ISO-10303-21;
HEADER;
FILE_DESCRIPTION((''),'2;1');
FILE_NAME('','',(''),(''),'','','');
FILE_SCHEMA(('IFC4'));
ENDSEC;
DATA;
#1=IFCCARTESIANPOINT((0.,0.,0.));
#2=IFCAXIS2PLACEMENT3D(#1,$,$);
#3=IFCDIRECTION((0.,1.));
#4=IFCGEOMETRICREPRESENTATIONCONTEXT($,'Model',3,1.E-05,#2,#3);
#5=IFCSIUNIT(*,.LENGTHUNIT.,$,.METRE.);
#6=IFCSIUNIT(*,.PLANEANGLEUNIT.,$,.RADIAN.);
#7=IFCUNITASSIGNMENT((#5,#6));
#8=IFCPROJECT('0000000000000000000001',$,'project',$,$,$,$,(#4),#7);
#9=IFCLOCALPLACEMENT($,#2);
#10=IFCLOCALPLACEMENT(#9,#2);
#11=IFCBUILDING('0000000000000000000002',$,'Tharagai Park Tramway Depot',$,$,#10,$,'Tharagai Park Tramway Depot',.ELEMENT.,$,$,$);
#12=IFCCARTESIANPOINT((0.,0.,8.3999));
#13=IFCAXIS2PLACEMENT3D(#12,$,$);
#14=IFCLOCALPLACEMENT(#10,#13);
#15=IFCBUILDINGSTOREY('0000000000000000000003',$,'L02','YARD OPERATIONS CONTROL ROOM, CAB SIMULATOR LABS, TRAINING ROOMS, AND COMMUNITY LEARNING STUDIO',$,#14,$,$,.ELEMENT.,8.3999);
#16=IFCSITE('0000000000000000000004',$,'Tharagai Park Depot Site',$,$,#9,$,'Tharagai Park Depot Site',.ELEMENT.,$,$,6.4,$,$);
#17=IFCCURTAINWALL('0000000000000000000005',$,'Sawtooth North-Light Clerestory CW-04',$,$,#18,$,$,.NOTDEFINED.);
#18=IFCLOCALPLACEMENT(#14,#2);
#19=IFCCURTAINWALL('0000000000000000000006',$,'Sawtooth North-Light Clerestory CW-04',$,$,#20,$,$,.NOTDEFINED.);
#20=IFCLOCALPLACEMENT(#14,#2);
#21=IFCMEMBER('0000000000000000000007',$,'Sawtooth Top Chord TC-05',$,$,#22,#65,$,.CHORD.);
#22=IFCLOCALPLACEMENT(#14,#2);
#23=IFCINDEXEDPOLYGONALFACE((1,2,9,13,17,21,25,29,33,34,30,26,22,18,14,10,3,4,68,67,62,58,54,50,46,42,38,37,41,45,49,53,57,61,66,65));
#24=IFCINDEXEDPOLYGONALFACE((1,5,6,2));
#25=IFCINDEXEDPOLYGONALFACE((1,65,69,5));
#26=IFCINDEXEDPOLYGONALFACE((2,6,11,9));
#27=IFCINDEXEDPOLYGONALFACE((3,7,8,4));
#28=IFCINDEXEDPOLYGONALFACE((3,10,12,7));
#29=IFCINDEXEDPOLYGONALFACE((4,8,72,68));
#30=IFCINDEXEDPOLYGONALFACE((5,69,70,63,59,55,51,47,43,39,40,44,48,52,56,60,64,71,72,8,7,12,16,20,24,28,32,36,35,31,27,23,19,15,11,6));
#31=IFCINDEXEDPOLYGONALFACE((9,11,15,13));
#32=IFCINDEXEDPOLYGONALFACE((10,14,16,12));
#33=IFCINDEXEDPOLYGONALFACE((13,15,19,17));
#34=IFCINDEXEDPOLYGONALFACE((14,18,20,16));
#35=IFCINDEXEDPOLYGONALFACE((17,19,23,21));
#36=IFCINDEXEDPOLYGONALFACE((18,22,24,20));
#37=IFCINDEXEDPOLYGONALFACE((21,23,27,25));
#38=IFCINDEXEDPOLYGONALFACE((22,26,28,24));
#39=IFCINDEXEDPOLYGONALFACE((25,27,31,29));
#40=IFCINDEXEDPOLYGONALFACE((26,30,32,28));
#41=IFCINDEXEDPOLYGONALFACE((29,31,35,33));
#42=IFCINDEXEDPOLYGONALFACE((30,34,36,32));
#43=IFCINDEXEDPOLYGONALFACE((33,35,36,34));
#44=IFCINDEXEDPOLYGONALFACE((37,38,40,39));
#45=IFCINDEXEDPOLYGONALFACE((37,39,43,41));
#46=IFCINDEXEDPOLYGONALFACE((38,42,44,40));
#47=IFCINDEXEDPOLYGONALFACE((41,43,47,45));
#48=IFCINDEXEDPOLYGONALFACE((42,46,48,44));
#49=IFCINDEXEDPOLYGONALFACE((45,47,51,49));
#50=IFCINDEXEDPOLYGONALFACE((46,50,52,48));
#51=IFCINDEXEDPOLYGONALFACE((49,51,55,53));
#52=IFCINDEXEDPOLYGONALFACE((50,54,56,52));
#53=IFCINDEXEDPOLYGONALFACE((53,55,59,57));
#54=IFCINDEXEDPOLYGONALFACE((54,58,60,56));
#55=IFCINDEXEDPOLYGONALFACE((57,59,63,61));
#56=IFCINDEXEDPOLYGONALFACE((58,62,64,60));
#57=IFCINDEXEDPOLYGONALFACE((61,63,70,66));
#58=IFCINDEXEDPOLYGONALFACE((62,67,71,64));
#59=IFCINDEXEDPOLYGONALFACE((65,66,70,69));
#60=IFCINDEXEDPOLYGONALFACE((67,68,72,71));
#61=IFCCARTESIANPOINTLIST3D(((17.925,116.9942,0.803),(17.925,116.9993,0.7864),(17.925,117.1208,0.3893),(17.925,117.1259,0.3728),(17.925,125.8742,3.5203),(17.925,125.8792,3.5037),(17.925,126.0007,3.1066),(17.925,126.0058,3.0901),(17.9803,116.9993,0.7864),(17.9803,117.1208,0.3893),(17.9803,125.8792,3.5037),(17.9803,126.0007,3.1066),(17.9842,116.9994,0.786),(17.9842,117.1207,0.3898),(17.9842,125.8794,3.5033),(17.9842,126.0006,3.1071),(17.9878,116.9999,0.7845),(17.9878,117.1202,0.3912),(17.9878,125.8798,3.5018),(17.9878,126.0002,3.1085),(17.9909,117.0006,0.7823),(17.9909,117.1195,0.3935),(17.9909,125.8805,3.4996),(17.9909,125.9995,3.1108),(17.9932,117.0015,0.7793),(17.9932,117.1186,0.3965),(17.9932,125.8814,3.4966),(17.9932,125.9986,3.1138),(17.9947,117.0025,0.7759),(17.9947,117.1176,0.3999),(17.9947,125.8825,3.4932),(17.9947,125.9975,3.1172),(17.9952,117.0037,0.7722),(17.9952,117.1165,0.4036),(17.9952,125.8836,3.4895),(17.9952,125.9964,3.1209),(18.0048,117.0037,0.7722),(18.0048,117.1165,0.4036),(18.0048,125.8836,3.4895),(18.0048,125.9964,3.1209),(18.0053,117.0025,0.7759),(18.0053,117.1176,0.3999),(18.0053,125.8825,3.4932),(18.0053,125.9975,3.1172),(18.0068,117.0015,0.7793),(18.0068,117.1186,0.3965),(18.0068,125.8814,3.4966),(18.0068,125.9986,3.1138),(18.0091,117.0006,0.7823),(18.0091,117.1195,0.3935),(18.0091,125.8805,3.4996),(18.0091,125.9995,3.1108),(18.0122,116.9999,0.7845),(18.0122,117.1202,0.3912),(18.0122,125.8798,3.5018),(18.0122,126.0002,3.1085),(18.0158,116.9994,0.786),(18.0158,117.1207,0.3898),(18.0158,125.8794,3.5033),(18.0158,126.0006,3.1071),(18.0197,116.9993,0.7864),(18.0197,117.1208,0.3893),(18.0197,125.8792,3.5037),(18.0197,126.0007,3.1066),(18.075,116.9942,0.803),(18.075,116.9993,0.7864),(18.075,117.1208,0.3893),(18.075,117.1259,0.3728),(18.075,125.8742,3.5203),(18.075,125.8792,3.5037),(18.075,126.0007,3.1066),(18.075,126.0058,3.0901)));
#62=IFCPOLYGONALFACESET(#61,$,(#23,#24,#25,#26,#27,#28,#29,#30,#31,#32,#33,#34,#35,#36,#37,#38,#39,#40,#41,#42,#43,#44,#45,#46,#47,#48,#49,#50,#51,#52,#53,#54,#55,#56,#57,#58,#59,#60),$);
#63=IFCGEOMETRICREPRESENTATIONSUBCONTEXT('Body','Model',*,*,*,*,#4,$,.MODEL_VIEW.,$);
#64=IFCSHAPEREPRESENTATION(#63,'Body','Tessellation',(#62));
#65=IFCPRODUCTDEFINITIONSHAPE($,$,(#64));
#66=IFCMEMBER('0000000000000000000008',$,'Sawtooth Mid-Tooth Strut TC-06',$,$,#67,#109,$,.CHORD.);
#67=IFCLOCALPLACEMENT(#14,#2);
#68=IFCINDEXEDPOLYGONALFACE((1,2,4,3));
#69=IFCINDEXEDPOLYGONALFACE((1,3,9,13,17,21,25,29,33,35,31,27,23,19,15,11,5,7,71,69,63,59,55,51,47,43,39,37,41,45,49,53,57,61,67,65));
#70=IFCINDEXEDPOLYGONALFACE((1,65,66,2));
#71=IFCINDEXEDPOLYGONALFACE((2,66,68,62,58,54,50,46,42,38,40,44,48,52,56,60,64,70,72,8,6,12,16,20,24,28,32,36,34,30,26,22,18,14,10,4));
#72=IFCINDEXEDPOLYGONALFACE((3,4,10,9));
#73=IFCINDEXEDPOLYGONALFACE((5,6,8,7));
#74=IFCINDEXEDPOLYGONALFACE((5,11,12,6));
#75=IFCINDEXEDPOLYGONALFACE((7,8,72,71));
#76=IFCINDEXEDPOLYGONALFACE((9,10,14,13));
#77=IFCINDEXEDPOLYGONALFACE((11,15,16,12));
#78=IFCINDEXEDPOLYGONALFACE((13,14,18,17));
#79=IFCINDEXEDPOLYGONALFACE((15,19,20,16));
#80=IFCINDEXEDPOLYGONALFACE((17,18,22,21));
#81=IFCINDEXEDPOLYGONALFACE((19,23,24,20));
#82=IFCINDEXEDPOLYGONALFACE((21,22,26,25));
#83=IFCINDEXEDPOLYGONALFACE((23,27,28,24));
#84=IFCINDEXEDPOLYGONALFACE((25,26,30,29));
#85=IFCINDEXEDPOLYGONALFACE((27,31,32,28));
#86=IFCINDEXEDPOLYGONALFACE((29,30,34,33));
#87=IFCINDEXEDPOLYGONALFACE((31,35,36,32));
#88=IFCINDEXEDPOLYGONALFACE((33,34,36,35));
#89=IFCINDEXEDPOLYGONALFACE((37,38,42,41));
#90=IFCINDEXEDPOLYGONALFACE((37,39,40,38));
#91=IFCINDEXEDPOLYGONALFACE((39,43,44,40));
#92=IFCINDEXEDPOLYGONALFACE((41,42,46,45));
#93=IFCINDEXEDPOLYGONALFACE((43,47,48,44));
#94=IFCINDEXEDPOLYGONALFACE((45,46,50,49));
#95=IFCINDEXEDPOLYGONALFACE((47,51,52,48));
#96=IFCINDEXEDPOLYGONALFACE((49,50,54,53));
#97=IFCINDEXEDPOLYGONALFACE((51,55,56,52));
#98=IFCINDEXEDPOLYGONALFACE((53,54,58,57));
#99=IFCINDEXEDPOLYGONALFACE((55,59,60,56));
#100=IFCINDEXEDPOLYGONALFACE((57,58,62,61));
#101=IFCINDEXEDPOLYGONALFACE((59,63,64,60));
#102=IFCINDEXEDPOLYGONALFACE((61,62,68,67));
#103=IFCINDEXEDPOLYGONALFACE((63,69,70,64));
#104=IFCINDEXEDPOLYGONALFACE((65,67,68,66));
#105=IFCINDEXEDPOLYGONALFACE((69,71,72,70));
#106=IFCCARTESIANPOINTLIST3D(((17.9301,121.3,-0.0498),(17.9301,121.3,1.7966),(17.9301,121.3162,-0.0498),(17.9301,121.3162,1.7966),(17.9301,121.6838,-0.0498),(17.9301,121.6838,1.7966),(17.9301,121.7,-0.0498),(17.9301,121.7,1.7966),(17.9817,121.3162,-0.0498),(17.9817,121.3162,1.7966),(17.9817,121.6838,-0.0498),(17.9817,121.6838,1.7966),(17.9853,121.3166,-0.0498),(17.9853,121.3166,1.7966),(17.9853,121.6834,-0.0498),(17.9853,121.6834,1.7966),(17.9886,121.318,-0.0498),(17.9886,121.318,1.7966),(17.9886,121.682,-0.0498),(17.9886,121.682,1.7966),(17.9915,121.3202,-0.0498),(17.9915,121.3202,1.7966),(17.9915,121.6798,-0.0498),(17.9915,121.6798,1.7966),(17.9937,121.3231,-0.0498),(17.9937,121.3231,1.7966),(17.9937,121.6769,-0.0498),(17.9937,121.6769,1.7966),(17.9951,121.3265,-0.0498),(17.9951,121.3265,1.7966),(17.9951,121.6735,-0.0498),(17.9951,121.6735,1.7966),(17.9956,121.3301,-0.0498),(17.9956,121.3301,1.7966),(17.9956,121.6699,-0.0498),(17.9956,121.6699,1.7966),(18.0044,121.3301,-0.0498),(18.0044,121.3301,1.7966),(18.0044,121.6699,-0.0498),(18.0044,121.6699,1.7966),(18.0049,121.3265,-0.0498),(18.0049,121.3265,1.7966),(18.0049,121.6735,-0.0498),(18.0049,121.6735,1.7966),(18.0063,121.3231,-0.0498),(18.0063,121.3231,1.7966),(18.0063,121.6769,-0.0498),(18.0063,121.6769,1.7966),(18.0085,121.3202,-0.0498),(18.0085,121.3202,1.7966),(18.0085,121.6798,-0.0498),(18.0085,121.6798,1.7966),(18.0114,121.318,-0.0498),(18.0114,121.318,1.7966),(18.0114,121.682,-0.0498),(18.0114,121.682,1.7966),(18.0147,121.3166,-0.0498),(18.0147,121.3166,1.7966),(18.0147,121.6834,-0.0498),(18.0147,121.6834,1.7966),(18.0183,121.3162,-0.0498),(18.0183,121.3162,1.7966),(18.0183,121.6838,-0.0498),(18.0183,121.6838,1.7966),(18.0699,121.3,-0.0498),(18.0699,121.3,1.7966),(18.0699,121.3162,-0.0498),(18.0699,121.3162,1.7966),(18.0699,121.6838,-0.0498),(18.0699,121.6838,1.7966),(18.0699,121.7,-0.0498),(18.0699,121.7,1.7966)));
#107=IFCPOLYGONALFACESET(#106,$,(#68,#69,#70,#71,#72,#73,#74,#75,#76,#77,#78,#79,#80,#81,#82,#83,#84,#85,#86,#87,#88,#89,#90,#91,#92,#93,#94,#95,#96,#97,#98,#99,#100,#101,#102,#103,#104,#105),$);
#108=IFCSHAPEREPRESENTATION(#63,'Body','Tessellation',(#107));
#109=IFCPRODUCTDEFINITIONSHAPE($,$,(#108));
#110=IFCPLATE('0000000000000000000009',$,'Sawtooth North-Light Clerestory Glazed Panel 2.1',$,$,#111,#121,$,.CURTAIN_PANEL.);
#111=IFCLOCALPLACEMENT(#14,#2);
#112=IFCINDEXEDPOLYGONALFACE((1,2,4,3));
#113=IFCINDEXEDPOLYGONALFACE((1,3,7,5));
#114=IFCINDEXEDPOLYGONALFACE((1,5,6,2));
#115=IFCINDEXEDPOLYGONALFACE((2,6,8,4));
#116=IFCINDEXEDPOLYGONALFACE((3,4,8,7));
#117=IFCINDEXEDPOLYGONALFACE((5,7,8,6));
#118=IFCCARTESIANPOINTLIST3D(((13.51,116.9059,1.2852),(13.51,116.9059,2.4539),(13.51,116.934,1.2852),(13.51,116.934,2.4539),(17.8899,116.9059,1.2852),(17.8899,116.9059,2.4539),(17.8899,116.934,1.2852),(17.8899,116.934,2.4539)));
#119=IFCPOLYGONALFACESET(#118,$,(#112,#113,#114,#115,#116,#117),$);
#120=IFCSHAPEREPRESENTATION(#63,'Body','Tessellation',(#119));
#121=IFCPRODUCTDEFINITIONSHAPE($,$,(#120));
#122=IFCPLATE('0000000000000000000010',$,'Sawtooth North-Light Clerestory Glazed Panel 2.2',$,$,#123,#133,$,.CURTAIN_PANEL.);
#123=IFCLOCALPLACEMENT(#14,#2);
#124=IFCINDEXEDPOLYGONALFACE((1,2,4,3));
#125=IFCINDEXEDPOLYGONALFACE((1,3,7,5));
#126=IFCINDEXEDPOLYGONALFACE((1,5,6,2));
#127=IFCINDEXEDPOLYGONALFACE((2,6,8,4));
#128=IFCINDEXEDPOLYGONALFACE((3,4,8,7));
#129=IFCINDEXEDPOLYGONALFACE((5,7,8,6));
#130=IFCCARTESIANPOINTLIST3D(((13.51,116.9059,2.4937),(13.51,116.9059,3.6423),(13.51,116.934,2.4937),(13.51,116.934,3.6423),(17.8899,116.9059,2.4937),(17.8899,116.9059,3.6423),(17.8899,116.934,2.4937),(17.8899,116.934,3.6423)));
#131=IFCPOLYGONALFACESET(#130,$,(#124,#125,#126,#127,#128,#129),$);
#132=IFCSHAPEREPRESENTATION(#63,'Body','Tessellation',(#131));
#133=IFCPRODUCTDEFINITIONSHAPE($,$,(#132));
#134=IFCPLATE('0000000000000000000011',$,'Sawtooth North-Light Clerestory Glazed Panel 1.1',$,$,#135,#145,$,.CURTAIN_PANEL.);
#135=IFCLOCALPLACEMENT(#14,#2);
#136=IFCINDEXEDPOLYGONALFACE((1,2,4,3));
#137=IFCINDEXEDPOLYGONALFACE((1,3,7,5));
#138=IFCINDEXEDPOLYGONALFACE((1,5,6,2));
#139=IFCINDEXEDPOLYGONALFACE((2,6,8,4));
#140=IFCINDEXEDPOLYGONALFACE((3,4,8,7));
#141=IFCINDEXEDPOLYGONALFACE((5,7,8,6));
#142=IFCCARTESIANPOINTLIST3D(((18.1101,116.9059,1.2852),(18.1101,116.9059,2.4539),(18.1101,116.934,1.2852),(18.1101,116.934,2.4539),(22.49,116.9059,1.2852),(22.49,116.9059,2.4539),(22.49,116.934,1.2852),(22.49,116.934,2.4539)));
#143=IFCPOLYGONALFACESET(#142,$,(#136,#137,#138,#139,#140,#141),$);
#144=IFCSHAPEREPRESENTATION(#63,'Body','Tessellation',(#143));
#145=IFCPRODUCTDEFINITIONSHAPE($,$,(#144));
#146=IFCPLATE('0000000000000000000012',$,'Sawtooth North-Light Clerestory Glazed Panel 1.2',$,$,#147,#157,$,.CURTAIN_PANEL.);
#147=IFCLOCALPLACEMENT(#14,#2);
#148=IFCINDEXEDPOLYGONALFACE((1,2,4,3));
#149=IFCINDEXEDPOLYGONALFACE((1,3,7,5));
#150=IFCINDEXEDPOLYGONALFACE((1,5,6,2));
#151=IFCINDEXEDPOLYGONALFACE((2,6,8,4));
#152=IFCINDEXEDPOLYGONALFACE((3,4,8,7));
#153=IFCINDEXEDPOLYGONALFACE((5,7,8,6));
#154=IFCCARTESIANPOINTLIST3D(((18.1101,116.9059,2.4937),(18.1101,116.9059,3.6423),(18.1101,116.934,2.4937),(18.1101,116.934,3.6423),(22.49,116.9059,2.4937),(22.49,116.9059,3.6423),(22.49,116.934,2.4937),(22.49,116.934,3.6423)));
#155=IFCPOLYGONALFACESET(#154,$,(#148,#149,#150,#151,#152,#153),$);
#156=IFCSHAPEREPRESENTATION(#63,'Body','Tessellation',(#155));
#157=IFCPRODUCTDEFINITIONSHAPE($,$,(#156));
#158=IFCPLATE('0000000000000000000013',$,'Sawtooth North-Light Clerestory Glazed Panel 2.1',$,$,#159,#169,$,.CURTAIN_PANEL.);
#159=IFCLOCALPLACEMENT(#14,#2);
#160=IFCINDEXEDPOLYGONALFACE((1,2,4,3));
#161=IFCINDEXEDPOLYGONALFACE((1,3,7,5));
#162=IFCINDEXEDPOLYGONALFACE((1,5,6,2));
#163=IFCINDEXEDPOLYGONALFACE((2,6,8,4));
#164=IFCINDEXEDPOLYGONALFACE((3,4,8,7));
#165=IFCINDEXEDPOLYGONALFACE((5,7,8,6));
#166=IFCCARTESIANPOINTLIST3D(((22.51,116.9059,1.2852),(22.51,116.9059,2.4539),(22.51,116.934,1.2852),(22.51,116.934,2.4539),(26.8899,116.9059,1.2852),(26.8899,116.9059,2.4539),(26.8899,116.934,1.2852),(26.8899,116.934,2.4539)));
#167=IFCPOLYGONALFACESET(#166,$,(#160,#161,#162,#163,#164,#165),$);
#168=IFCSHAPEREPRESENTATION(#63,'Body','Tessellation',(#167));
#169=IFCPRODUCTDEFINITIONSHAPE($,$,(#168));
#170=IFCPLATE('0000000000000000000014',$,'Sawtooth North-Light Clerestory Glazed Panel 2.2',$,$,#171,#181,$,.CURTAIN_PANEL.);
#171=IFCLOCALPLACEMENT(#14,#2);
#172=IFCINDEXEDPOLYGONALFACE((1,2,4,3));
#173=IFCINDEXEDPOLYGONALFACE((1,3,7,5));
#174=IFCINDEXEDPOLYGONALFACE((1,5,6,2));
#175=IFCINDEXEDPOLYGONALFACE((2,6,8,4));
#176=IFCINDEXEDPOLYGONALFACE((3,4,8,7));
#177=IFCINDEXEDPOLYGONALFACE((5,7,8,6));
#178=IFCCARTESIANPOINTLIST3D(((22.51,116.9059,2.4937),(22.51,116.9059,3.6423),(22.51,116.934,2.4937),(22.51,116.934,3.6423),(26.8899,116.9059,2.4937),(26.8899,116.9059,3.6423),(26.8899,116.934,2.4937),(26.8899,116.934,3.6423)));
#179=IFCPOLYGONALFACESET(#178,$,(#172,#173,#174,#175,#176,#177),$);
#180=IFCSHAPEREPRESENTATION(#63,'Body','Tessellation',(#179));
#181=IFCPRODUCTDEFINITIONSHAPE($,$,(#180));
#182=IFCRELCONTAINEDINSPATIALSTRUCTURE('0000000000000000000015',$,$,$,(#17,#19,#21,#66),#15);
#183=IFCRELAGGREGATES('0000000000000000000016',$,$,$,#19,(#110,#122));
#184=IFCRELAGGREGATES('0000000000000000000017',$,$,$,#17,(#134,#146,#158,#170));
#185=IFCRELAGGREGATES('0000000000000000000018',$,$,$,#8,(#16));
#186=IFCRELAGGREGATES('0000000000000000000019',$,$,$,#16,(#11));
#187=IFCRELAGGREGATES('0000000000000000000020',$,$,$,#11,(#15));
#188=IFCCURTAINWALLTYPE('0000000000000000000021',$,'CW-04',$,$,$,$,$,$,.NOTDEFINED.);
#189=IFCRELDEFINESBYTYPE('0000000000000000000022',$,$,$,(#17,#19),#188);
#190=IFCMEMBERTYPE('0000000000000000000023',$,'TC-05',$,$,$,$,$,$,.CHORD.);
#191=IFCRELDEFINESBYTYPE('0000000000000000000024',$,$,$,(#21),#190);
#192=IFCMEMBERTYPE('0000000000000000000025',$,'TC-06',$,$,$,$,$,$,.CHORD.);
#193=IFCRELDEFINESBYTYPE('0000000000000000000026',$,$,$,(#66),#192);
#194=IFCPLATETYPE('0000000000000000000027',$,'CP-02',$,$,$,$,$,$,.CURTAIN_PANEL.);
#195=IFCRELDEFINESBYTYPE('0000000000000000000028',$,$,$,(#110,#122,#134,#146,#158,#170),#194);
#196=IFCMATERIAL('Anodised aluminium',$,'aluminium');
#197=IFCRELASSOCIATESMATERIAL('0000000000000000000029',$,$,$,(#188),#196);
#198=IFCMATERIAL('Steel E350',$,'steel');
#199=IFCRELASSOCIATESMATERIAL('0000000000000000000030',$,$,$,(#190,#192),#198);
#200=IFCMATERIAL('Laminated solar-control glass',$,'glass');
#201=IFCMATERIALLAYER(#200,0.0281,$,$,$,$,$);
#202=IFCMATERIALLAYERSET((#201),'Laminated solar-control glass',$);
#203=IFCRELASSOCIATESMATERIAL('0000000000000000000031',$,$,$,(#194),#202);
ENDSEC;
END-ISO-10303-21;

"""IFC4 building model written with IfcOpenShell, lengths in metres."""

from ifc_helpers import new_model, si_unit, direction, frame, origin, origin_2d, place, context, subcontext, project, spatial, rectangle, i_section, extrude, material, layer, layer_set, material_profile, profile_set, type_object, element, aggregate, save


model = new_model("IFC4")

# Units and contexts
model_context = context("Model", 3, precision=1e-05, world=origin(), true_north=direction((0.0, 1.0)))
body_context = subcontext(model_context, "Body", "Model", "MODEL_VIEW")
ifc_project = project(units=[si_unit("LENGTHUNIT", "METRE"), si_unit("PLANEANGLEUNIT", "RADIAN")], contexts=[model_context])

# Site, building, storey
site_placement = place(None, origin())
site = spatial("IfcSite", under=ifc_project, at=site_placement, Name="Tharagai Park Depot Site", LongName="Tharagai Park Depot Site", CompositionType="ELEMENT", RefElevation=6.4)
building_placement = place(site_placement, origin())
building = spatial("IfcBuilding", under=site, at=building_placement, Name="Tharagai Park Tramway Depot", LongName="Tharagai Park Tramway Depot", CompositionType="ELEMENT")
storey_placement = place(building_placement, frame((0.0, 0.0, 8.3999)))
storey = spatial("IfcBuildingStorey", under=building, at=storey_placement, Name="L02", Description="YARD OPERATIONS CONTROL ROOM, CAB SIMULATOR LABS, TRAINING ROOMS, AND COMMUNITY LEARNING STUDIO", CompositionType="ELEMENT", Elevation=8.3999)

# Shared definitions
ifc_material_1 = material(Name="Steel E350", Category="steel")

# Curtain wall
ifc_material_2 = material(Name="Anodised aluminium", Category="aluminium")
curtain_wall_type = type_object("IfcCurtainWallType", Name="CW-04", PredefinedType="NOTDEFINED", material=ifc_material_2)
curtain_wall_1_placement = place(storey_placement, origin())
curtain_wall_1 = element("IfcCurtainWall", 1, at=curtain_wall_1_placement, inside=storey, type_object=curtain_wall_type, Name="Sawtooth North-Light Clerestory CW-04", PredefinedType="NOTDEFINED")

# Curtain wall
curtain_wall_2_placement = place(storey_placement, origin())
curtain_wall_2 = element("IfcCurtainWall", 2, at=curtain_wall_2_placement, inside=storey, type_object=curtain_wall_type, Name="Sawtooth North-Light Clerestory CW-04", PredefinedType="NOTDEFINED")

# Members
ifc_material_profile_1 = material_profile(ifc_material_1, i_section(OverallWidth=0.1499, OverallDepth=0.45, WebThickness=0.0095, FlangeThickness=0.0173, FilletRadius=0.0149, at=origin_2d()), Name="ISMB 450")
ifc_profile_set_1 = profile_set([ifc_material_profile_1], Name="Steel E350")
member_type_1 = type_object("IfcMemberType", Name="TC-05", PredefinedType="CHORD", material=ifc_profile_set_1)
member_1_placement = place(storey_placement, frame((18.0, 117.0601, 0.5879), z_axis=(0.0, 0.956231, 0.292611), x_axis=(-1.0, 0.0, 0.0)))
element("IfcMember", 3, at=member_1_placement, inside=storey, type_object=member_type_1, Name="Sawtooth Top Chord TC-05", PredefinedType="CHORD", context=body_context, shape_type="SweptSolid", body=[
    extrude(i_section(OverallWidth=0.1499, OverallDepth=0.45, WebThickness=0.0095, FlangeThickness=0.0173, FilletRadius=0.0149, at=origin_2d()), origin(), (0.0, 0.0, 1.0), 9.2864),
])
ifc_material_profile_2 = material_profile(ifc_material_1, i_section(OverallWidth=0.1399, OverallDepth=0.3999, WebThickness=0.0088, FlangeThickness=0.0161, FilletRadius=0.0139, at=origin_2d()), Name="ISMB 400")
ifc_profile_set_2 = profile_set([ifc_material_profile_2], Name="Steel E350")
member_type_2 = type_object("IfcMemberType", Name="TC-06", PredefinedType="CHORD", material=ifc_profile_set_2)
member_2_placement = place(storey_placement, frame((18.0, 121.5, -0.0498), z_axis=(0.0, 0.0, 1.0), x_axis=(1.0, 0.0, 0.0)))
element("IfcMember", 4, at=member_2_placement, inside=storey, type_object=member_type_2, Name="Sawtooth Mid-Tooth Strut TC-06", PredefinedType="CHORD", context=body_context, shape_type="SweptSolid", body=[
    extrude(i_section(OverallWidth=0.1399, OverallDepth=0.3999, WebThickness=0.0088, FlangeThickness=0.0161, FilletRadius=0.0139, at=origin_2d()), origin(), (0.0, 0.0, 1.0), 1.8464),
])

# Plates
ifc_material_3 = material(Name="Laminated solar-control glass", Category="glass")
ifc_layer = layer(ifc_material_3, 0.0281)
ifc_layer_set = layer_set([ifc_layer], Name="Laminated solar-control glass")
plate_type = type_object("IfcPlateType", Name="CP-02", PredefinedType="CURTAIN_PANEL", material=ifc_layer_set)
plate_1_placement = place(storey_placement, frame((15.7, 116.9199, 1.2852), z_axis=(0.0, 0.0, 1.0), x_axis=(1.0, 0.0, 0.0)))
plate_1 = element("IfcPlate", 5, at=plate_1_placement, type_object=plate_type, Name="Sawtooth North-Light Clerestory Glazed Panel 2.1", PredefinedType="CURTAIN_PANEL", context=body_context, shape_type="SweptSolid", body=[
    extrude(rectangle(XDim=4.3799, YDim=0.0281, at=origin_2d()), origin(), (0.0, 0.0, 1.0), 1.1687),
])
plate_2_placement = place(storey_placement, frame((15.7, 116.9199, 2.4937), z_axis=(0.0, 0.0, 1.0), x_axis=(1.0, 0.0, 0.0)))
plate_2 = element("IfcPlate", 6, at=plate_2_placement, type_object=plate_type, Name="Sawtooth North-Light Clerestory Glazed Panel 2.2", PredefinedType="CURTAIN_PANEL", context=body_context, shape_type="SweptSolid", body=[
    extrude(rectangle(XDim=4.3799, YDim=0.0281, at=origin_2d()), origin(), (0.0, 0.0, 1.0), 1.1487),
])
aggregate(curtain_wall_2, [plate_1, plate_2])
plate_3_placement = place(storey_placement, frame((20.3, 116.9199, 1.2852), z_axis=(0.0, 0.0, 1.0), x_axis=(1.0, 0.0, 0.0)))
plate_3 = element("IfcPlate", 7, at=plate_3_placement, type_object=plate_type, Name="Sawtooth North-Light Clerestory Glazed Panel 1.1", PredefinedType="CURTAIN_PANEL", context=body_context, shape_type="SweptSolid", body=[
    extrude(rectangle(XDim=4.3799, YDim=0.0281, at=origin_2d()), origin(), (0.0, 0.0, 1.0), 1.1687),
])
plate_4_placement = place(storey_placement, frame((20.3, 116.9199, 2.4937), z_axis=(0.0, 0.0, 1.0), x_axis=(1.0, 0.0, 0.0)))
plate_4 = element("IfcPlate", 8, at=plate_4_placement, type_object=plate_type, Name="Sawtooth North-Light Clerestory Glazed Panel 1.2", PredefinedType="CURTAIN_PANEL", context=body_context, shape_type="SweptSolid", body=[
    extrude(rectangle(XDim=4.3799, YDim=0.0281, at=origin_2d()), origin(), (0.0, 0.0, 1.0), 1.1487),
])
plate_5_placement = place(storey_placement, frame((24.7, 116.9199, 1.2852), z_axis=(0.0, 0.0, 1.0), x_axis=(1.0, 0.0, 0.0)))
plate_5 = element("IfcPlate", 9, at=plate_5_placement, type_object=plate_type, Name="Sawtooth North-Light Clerestory Glazed Panel 2.1", PredefinedType="CURTAIN_PANEL", context=body_context, shape_type="SweptSolid", body=[
    extrude(rectangle(XDim=4.3799, YDim=0.0281, at=origin_2d()), origin(), (0.0, 0.0, 1.0), 1.1687),
])
plate_6_placement = place(storey_placement, frame((24.7, 116.9199, 2.4937), z_axis=(0.0, 0.0, 1.0), x_axis=(1.0, 0.0, 0.0)))
plate_6 = element("IfcPlate", 10, at=plate_6_placement, type_object=plate_type, Name="Sawtooth North-Light Clerestory Glazed Panel 2.2", PredefinedType="CURTAIN_PANEL", context=body_context, shape_type="SweptSolid", body=[
    extrude(rectangle(XDim=4.3799, YDim=0.0281, at=origin_2d()), origin(), (0.0, 0.0, 1.0), 1.1487),
])
aggregate(curtain_wall_1, [plate_3, plate_4, plate_5, plate_6])

save(model, "model.ifc")
